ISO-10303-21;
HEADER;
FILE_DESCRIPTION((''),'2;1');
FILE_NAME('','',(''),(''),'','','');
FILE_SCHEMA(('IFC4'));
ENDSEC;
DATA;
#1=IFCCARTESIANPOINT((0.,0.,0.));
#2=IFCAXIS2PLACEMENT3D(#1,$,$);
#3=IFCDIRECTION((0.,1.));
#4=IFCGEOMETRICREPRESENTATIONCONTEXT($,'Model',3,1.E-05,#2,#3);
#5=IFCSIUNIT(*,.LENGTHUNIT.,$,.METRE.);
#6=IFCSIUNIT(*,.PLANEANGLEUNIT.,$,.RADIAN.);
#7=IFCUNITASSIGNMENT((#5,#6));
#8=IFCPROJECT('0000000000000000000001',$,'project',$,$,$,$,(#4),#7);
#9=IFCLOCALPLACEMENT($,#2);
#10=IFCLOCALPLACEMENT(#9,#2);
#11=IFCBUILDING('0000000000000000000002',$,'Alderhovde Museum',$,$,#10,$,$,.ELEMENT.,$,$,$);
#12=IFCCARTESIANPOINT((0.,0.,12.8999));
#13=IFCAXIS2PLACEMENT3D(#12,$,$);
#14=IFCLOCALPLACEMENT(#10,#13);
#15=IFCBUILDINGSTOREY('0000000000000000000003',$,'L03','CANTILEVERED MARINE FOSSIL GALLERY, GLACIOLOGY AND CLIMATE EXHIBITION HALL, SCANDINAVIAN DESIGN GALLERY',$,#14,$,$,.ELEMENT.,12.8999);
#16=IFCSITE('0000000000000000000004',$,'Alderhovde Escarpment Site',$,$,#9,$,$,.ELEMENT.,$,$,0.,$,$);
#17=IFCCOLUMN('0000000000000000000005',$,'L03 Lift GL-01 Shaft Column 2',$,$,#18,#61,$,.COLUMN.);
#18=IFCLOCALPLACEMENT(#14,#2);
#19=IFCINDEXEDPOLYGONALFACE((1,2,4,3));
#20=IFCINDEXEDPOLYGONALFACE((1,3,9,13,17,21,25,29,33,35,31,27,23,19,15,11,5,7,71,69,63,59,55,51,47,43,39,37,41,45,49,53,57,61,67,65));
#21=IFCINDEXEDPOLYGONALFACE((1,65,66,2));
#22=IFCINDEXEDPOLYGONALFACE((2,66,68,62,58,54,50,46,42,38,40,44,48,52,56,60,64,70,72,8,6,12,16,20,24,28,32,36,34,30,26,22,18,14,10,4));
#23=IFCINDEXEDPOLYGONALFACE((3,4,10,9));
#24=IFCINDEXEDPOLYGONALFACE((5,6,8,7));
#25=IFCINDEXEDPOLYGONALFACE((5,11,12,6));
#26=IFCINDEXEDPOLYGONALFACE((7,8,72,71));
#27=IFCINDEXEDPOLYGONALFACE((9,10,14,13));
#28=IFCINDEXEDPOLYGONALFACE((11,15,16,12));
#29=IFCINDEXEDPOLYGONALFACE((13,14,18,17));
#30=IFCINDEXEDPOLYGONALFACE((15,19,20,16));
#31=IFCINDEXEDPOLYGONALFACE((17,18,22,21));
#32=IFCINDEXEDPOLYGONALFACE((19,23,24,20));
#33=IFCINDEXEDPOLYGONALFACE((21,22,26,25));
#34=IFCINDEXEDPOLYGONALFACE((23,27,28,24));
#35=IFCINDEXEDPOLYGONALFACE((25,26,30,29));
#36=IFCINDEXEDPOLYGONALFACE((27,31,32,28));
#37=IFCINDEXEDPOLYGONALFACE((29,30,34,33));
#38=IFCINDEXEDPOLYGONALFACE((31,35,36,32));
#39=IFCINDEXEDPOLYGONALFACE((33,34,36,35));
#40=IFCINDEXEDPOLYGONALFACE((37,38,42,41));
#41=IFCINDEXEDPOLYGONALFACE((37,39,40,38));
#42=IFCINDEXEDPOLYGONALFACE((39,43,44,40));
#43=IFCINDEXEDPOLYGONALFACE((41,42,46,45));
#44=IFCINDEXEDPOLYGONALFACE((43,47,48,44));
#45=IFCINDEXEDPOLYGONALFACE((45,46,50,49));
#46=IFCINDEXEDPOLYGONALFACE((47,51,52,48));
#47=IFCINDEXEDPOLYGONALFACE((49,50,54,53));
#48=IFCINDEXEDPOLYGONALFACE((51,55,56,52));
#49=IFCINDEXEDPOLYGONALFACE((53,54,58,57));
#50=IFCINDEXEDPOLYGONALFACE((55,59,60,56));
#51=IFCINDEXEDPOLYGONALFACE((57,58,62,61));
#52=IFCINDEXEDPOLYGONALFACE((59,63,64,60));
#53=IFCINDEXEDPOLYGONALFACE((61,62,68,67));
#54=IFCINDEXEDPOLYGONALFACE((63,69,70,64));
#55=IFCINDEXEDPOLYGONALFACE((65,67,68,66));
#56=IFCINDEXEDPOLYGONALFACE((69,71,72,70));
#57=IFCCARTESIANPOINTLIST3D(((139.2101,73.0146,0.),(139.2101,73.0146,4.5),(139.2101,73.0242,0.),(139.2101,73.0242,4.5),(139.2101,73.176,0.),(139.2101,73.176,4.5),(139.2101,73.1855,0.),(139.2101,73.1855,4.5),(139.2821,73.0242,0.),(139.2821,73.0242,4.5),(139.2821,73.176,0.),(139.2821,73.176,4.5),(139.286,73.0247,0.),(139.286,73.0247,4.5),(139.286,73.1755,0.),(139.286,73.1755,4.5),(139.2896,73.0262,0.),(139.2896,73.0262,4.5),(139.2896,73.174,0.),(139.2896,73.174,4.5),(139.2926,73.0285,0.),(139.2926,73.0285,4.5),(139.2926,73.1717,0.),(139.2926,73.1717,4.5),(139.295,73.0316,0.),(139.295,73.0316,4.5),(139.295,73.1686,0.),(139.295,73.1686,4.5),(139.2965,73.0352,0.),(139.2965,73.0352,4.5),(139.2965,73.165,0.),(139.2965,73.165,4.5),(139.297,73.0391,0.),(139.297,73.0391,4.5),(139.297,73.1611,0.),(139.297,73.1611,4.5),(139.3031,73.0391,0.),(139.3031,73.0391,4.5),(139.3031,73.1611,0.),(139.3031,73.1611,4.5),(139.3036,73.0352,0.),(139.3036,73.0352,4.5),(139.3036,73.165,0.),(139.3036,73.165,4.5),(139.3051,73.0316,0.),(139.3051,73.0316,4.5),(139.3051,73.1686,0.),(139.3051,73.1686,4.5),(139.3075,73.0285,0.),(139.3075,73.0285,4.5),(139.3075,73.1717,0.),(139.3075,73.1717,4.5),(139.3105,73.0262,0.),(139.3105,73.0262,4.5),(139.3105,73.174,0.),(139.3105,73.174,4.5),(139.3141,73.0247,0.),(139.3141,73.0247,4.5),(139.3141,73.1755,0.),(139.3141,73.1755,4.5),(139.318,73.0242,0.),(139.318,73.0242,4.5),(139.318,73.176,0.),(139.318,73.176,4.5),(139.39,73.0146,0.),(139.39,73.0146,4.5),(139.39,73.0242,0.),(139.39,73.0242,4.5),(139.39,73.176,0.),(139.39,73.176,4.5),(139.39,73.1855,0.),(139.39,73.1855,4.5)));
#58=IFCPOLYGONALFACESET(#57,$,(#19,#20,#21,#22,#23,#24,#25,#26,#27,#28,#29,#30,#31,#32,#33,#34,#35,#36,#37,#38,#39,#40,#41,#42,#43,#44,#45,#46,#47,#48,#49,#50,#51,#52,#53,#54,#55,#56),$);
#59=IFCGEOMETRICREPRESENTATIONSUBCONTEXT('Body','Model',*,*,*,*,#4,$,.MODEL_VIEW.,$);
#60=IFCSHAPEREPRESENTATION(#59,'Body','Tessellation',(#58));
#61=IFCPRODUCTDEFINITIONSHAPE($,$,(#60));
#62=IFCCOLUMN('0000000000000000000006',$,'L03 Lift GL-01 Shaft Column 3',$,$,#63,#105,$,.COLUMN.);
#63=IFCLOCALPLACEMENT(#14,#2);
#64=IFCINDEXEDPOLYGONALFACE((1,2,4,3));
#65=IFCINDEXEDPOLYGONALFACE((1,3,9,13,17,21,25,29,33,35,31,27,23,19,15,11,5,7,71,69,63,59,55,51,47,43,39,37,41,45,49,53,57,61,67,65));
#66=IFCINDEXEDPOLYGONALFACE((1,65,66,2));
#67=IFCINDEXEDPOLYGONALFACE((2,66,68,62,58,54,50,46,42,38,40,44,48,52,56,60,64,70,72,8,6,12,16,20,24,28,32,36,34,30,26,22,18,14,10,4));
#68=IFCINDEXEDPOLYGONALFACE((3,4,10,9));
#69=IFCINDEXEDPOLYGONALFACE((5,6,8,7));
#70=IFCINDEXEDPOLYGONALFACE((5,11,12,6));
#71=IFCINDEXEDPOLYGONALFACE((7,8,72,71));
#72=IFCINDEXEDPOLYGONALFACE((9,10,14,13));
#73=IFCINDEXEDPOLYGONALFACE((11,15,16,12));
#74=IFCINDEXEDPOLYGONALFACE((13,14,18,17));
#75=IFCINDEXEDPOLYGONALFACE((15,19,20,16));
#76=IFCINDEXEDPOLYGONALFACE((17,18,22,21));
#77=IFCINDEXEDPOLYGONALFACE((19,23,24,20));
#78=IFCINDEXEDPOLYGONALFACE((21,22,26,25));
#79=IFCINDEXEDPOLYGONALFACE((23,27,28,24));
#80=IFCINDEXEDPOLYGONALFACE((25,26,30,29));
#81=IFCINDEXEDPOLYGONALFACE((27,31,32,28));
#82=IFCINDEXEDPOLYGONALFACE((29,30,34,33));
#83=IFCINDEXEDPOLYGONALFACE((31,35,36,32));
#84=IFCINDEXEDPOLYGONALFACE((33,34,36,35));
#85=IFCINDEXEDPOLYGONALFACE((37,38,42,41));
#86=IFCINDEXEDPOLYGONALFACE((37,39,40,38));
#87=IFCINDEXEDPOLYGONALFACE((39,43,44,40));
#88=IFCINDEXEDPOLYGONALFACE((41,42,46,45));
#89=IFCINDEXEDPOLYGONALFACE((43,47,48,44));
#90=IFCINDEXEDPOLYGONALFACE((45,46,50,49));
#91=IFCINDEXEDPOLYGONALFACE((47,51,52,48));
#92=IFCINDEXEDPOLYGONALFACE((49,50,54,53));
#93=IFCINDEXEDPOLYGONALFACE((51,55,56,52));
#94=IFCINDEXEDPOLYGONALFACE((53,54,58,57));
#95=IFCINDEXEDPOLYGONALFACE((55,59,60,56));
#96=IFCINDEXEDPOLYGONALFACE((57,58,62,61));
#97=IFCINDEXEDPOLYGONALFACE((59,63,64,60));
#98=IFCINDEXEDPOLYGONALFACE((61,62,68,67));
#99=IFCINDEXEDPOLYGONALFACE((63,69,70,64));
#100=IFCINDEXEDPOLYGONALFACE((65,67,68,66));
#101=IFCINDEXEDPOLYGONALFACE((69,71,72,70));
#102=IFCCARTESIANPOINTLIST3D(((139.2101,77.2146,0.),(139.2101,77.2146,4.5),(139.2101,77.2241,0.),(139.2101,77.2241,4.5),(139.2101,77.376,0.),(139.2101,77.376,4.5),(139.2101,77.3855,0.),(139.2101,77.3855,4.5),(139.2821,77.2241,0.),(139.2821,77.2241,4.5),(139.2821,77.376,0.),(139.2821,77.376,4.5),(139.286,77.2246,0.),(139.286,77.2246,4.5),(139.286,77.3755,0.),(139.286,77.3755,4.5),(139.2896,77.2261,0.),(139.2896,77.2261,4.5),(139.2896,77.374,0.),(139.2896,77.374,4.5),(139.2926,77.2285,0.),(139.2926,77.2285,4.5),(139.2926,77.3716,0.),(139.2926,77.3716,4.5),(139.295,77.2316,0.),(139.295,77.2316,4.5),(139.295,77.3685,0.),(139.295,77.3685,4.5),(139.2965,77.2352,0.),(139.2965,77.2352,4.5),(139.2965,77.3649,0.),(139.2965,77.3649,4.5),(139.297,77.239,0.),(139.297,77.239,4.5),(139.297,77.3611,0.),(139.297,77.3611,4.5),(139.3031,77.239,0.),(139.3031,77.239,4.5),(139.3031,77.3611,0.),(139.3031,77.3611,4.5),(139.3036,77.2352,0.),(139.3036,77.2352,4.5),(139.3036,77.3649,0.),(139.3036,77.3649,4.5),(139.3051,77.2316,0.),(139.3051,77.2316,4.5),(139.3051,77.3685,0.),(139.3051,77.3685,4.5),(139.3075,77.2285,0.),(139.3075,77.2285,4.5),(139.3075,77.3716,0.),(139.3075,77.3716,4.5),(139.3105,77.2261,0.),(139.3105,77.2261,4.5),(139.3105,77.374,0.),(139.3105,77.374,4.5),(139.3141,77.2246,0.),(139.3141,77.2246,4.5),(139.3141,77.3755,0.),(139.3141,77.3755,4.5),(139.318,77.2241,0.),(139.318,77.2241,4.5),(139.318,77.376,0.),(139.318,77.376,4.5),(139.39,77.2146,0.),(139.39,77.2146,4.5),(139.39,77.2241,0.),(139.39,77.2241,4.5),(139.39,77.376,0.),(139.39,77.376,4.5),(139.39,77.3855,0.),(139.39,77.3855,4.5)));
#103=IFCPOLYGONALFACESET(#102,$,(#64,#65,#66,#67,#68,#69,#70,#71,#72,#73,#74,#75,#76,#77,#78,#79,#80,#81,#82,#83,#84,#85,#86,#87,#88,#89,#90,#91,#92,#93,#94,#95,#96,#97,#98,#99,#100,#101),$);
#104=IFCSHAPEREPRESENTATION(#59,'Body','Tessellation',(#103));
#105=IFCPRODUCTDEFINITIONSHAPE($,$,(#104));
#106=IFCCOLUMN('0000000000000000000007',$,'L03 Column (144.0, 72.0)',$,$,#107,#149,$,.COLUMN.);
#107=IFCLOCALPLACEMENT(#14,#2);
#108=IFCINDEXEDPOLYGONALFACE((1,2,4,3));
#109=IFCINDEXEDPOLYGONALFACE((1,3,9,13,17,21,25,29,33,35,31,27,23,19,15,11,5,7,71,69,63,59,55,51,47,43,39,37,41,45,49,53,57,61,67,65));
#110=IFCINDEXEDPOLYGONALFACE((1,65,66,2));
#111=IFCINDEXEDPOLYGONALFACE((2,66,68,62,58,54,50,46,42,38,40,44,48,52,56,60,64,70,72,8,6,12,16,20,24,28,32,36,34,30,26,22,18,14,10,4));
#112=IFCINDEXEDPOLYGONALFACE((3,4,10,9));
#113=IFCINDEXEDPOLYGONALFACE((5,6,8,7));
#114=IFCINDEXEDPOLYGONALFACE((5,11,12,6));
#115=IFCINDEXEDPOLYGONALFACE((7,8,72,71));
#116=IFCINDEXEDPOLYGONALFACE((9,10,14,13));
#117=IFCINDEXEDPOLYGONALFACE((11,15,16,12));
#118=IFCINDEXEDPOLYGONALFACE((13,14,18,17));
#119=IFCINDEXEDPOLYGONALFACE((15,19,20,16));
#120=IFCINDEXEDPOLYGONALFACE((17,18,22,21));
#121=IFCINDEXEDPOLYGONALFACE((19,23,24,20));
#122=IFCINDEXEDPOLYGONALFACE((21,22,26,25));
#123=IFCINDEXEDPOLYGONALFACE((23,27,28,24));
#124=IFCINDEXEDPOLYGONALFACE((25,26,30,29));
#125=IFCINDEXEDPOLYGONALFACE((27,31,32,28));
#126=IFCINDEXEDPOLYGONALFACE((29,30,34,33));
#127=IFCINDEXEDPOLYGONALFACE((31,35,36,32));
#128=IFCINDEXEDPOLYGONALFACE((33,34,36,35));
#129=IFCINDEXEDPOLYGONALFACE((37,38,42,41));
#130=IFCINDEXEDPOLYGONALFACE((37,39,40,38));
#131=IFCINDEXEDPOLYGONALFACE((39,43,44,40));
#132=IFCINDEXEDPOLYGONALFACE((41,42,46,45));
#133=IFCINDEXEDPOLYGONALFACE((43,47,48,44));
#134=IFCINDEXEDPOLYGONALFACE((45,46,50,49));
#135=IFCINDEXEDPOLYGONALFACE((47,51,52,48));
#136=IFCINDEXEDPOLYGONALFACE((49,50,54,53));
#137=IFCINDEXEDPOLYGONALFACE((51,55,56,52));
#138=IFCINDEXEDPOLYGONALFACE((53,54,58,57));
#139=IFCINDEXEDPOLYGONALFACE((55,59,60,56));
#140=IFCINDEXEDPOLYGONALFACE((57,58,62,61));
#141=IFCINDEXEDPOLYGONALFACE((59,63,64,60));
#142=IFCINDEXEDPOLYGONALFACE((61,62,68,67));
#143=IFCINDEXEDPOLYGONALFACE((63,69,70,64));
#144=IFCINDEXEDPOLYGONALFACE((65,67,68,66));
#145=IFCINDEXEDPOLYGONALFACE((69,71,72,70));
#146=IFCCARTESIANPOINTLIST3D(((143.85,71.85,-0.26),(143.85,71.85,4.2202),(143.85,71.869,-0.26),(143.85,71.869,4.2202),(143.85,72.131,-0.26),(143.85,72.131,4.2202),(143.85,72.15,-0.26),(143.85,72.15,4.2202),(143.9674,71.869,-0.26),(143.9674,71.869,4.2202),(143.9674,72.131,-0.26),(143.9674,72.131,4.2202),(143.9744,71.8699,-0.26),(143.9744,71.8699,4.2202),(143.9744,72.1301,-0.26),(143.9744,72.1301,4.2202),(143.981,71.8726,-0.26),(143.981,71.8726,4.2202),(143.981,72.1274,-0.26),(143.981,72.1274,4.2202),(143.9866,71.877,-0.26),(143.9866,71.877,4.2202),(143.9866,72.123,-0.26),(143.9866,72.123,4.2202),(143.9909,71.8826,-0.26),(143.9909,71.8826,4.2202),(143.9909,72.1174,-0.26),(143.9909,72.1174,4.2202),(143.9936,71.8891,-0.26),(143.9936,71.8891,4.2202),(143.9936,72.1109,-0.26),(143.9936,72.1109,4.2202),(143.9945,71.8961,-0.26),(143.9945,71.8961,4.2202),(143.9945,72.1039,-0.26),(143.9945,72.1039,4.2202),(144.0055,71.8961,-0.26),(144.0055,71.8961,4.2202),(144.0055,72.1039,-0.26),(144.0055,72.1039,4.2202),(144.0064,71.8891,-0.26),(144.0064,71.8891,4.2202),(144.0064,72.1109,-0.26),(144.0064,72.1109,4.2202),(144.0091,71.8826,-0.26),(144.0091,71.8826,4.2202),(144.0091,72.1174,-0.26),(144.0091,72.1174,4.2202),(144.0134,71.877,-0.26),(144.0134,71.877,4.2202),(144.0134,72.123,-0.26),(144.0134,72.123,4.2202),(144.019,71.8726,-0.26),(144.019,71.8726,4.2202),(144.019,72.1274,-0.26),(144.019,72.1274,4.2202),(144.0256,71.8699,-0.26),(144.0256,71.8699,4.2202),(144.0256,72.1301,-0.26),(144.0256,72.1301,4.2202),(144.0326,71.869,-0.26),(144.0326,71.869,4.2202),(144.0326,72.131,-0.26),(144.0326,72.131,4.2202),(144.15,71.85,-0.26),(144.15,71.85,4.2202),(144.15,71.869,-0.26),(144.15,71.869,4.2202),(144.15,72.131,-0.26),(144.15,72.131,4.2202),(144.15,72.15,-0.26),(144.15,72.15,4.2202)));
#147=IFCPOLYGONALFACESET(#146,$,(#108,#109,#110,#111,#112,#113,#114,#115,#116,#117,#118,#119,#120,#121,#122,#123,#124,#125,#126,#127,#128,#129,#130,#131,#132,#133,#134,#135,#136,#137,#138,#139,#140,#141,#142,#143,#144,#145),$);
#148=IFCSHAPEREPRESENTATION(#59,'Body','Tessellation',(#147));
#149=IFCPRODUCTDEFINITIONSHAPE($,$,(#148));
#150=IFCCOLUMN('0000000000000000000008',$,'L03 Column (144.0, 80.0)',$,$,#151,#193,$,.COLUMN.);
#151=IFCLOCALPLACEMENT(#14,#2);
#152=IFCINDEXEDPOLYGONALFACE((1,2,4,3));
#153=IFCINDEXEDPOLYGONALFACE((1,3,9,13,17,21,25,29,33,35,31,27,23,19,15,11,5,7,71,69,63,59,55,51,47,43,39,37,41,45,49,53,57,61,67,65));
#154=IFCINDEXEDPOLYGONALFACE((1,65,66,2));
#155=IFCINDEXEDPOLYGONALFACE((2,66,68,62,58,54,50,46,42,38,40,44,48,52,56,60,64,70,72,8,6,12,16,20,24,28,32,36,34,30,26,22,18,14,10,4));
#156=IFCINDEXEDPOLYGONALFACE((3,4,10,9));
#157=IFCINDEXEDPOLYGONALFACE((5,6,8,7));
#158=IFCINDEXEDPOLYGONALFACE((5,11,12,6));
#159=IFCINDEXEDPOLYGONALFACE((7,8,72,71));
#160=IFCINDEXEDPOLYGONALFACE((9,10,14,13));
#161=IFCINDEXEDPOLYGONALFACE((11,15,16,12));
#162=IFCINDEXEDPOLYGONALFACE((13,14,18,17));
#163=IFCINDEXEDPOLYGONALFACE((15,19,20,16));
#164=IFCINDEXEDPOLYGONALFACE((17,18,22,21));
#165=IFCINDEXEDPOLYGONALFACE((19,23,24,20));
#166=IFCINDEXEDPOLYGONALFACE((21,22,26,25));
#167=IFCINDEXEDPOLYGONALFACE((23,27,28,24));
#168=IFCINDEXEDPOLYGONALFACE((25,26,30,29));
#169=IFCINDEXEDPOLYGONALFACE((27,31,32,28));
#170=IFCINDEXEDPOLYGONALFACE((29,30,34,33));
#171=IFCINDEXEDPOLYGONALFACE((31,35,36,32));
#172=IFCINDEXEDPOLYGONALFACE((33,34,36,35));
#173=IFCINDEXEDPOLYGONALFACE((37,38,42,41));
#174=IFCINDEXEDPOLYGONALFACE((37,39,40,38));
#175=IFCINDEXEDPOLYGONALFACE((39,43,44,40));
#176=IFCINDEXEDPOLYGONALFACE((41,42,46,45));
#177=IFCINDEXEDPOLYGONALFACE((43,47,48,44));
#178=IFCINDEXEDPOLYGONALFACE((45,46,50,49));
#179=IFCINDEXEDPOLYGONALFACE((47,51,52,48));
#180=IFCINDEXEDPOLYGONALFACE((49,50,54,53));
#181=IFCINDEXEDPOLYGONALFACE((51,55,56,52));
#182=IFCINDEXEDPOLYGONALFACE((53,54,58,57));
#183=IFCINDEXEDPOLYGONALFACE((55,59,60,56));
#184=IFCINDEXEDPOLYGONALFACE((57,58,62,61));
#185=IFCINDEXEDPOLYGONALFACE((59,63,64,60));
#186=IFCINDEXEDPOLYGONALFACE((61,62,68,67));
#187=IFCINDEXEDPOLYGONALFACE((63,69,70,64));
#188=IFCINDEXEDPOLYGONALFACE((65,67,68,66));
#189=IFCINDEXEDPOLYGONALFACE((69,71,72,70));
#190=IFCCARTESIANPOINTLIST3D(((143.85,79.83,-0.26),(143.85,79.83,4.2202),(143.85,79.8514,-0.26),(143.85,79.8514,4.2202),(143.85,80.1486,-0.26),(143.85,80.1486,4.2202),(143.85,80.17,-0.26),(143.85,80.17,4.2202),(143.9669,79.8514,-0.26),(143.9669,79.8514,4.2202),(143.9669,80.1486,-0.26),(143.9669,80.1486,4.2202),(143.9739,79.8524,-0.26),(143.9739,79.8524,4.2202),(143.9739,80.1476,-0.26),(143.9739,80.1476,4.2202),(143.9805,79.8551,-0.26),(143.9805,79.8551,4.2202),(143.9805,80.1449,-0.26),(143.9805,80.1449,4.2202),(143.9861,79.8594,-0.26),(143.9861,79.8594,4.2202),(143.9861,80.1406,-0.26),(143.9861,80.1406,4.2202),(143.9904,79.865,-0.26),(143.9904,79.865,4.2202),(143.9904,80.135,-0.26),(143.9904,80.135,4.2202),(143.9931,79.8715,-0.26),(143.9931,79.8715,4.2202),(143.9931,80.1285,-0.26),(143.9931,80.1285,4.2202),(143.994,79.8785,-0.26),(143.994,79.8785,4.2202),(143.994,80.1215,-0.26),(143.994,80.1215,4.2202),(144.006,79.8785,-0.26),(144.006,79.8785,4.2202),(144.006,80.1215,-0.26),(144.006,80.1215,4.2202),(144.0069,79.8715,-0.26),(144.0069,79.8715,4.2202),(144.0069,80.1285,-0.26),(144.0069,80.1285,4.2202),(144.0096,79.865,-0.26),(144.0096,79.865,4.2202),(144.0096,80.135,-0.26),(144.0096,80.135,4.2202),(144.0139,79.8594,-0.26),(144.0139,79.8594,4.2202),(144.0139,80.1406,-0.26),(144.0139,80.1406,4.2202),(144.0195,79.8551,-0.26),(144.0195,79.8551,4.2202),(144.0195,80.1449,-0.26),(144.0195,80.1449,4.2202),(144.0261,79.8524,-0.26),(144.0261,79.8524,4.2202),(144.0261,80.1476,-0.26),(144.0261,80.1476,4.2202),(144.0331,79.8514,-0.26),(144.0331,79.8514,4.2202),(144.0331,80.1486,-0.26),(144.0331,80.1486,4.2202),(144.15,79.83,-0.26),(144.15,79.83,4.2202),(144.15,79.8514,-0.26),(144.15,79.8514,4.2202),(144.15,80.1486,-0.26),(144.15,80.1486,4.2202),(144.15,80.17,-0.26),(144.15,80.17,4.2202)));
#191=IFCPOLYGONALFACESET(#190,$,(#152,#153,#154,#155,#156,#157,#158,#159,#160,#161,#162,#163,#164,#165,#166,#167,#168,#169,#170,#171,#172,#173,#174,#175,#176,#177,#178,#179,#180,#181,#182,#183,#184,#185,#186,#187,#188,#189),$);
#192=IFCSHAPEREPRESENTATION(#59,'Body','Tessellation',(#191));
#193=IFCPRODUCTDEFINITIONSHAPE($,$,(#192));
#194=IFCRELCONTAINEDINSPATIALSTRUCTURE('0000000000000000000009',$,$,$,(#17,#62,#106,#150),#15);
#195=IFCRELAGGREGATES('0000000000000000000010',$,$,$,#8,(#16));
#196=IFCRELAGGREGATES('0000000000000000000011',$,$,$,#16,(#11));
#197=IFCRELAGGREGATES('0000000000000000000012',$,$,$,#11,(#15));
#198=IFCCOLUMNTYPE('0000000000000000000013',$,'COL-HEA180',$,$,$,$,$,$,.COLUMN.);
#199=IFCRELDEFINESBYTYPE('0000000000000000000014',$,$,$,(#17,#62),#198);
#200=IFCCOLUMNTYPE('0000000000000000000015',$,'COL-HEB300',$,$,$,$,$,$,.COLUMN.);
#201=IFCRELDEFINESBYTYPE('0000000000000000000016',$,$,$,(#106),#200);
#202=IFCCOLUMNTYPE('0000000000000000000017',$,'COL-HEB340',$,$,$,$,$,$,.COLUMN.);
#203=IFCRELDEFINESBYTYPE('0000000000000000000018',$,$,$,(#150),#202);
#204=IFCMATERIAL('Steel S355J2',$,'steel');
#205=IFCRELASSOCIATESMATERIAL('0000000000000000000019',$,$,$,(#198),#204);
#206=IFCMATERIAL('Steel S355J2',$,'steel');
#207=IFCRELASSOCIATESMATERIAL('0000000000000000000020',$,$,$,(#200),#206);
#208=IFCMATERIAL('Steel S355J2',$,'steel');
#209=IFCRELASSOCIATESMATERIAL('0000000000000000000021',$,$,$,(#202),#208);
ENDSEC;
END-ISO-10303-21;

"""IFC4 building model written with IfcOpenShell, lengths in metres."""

from ifc_helpers import new_model, si_unit, direction, frame, origin, origin_2d, place, context, subcontext, project, spatial, i_section, extrude, material, material_profile, profile_set, type_object, element, save


model = new_model("IFC4")

# Units and contexts
model_context = context("Model", 3, precision=1e-05, world=origin(), true_north=direction((0.0, 1.0)))
body_context = subcontext(model_context, "Body", "Model", "MODEL_VIEW")
ifc_project = project(units=[si_unit("LENGTHUNIT", "METRE"), si_unit("PLANEANGLEUNIT", "RADIAN")], contexts=[model_context])

# Site, building, storey
site_placement = place(None, origin())
site = spatial("IfcSite", under=ifc_project, at=site_placement, Name="Alderhovde Escarpment Site", CompositionType="ELEMENT", RefElevation=0.0)
building_placement = place(site_placement, origin())
building = spatial("IfcBuilding", under=site, at=building_placement, Name="Alderhovde Museum", CompositionType="ELEMENT")
storey_placement = place(building_placement, frame((0.0, 0.0, 12.8999)))
storey = spatial("IfcBuildingStorey", under=building, at=storey_placement, Name="L03", Description="CANTILEVERED MARINE FOSSIL GALLERY, GLACIOLOGY AND CLIMATE EXHIBITION HALL, SCANDINAVIAN DESIGN GALLERY", CompositionType="ELEMENT", Elevation=12.8999)

# Columns
ifc_material_1 = material(Name="Steel S355J2", Category="steel")
ifc_material_profile_1 = material_profile(ifc_material_1, i_section(OverallWidth=0.1799, OverallDepth=0.1709, WebThickness=0.0061, FlangeThickness=0.0095, FilletRadius=0.0149, at=origin_2d()), Name="HEA 180")
ifc_profile_set_1 = profile_set([ifc_material_profile_1], Name="Steel S355J2")
column_type_1 = type_object("IfcColumnType", Name="COL-HEA180", PredefinedType="COLUMN", material=ifc_profile_set_1)
for number, where, z_axis, x_axis, name in (
    (1, (139.3, 73.1001, 0.0), (0.0, 0.0, 1.0), (1.0, 0.0, 0.0), "L03 Lift GL-01 Shaft Column 2"),
    (2, (139.3, 77.3, 0.0), (0.0, 0.0, 1.0), (1.0, 0.0, 0.0), "L03 Lift GL-01 Shaft Column 3"),
):
    element("IfcColumn", number, at=place(storey_placement, frame(where, z_axis=z_axis, x_axis=x_axis)), inside=storey, type_object=column_type_1, Name=name, PredefinedType="COLUMN", context=body_context, shape_type="SweptSolid", body=[
        extrude(i_section(OverallWidth=0.1799, OverallDepth=0.1709, WebThickness=0.0061, FlangeThickness=0.0095, FilletRadius=0.0149, at=origin_2d()), origin(), (0.0, 0.0, 1.0), 4.5),
    ])
ifc_material_2 = material(Name="Steel S355J2", Category="steel")
ifc_material_profile_2 = material_profile(ifc_material_2, i_section(OverallWidth=0.3, OverallDepth=0.3, WebThickness=0.011, FlangeThickness=0.019, FilletRadius=0.0271, at=origin_2d()), Name="HEB 300")
ifc_profile_set_2 = profile_set([ifc_material_profile_2], Name="Steel S355J2")
column_type_2 = type_object("IfcColumnType", Name="COL-HEB300", PredefinedType="COLUMN", material=ifc_profile_set_2)
column_placement = place(storey_placement, frame((144.0, 72.0, -0.26), z_axis=(0.0, 0.0, 1.0), x_axis=(1.0, 0.0, 0.0)))
element("IfcColumn", 3, at=column_placement, inside=storey, type_object=column_type_2, Name="L03 Column (144.0, 72.0)", PredefinedType="COLUMN", context=body_context, shape_type="SweptSolid", body=[
    extrude(i_section(OverallWidth=0.3, OverallDepth=0.3, WebThickness=0.011, FlangeThickness=0.019, FilletRadius=0.0271, at=origin_2d()), origin(), (0.0, 0.0, 1.0), 4.4802),
])
ifc_material_3 = material(Name="Steel S355J2", Category="steel")
ifc_material_profile_3 = material_profile(ifc_material_3, i_section(OverallWidth=0.3, OverallDepth=0.3401, WebThickness=0.012, FlangeThickness=0.0215, FilletRadius=0.0271, at=origin_2d()), Name="HEB 340")
ifc_profile_set_3 = profile_set([ifc_material_profile_3], Name="Steel S355J2")
column_type_3 = type_object("IfcColumnType", Name="COL-HEB340", PredefinedType="COLUMN", material=ifc_profile_set_3)
for number, where, z_axis, x_axis, name in (
    (4, (144.0, 80.0, -0.26), (0.0, 0.0, 1.0), (1.0, 0.0, 0.0), "L03 Column (144.0, 80.0)"),
):
    element("IfcColumn", number, at=place(storey_placement, frame(where, z_axis=z_axis, x_axis=x_axis)), inside=storey, type_object=column_type_3, Name=name, PredefinedType="COLUMN", context=body_context, shape_type="SweptSolid", body=[
        extrude(i_section(OverallWidth=0.3, OverallDepth=0.3401, WebThickness=0.012, FlangeThickness=0.0215, FilletRadius=0.0271, at=origin_2d()), origin(), (0.0, 0.0, 1.0), 4.4802),
    ])

save(model, "model.ifc")
